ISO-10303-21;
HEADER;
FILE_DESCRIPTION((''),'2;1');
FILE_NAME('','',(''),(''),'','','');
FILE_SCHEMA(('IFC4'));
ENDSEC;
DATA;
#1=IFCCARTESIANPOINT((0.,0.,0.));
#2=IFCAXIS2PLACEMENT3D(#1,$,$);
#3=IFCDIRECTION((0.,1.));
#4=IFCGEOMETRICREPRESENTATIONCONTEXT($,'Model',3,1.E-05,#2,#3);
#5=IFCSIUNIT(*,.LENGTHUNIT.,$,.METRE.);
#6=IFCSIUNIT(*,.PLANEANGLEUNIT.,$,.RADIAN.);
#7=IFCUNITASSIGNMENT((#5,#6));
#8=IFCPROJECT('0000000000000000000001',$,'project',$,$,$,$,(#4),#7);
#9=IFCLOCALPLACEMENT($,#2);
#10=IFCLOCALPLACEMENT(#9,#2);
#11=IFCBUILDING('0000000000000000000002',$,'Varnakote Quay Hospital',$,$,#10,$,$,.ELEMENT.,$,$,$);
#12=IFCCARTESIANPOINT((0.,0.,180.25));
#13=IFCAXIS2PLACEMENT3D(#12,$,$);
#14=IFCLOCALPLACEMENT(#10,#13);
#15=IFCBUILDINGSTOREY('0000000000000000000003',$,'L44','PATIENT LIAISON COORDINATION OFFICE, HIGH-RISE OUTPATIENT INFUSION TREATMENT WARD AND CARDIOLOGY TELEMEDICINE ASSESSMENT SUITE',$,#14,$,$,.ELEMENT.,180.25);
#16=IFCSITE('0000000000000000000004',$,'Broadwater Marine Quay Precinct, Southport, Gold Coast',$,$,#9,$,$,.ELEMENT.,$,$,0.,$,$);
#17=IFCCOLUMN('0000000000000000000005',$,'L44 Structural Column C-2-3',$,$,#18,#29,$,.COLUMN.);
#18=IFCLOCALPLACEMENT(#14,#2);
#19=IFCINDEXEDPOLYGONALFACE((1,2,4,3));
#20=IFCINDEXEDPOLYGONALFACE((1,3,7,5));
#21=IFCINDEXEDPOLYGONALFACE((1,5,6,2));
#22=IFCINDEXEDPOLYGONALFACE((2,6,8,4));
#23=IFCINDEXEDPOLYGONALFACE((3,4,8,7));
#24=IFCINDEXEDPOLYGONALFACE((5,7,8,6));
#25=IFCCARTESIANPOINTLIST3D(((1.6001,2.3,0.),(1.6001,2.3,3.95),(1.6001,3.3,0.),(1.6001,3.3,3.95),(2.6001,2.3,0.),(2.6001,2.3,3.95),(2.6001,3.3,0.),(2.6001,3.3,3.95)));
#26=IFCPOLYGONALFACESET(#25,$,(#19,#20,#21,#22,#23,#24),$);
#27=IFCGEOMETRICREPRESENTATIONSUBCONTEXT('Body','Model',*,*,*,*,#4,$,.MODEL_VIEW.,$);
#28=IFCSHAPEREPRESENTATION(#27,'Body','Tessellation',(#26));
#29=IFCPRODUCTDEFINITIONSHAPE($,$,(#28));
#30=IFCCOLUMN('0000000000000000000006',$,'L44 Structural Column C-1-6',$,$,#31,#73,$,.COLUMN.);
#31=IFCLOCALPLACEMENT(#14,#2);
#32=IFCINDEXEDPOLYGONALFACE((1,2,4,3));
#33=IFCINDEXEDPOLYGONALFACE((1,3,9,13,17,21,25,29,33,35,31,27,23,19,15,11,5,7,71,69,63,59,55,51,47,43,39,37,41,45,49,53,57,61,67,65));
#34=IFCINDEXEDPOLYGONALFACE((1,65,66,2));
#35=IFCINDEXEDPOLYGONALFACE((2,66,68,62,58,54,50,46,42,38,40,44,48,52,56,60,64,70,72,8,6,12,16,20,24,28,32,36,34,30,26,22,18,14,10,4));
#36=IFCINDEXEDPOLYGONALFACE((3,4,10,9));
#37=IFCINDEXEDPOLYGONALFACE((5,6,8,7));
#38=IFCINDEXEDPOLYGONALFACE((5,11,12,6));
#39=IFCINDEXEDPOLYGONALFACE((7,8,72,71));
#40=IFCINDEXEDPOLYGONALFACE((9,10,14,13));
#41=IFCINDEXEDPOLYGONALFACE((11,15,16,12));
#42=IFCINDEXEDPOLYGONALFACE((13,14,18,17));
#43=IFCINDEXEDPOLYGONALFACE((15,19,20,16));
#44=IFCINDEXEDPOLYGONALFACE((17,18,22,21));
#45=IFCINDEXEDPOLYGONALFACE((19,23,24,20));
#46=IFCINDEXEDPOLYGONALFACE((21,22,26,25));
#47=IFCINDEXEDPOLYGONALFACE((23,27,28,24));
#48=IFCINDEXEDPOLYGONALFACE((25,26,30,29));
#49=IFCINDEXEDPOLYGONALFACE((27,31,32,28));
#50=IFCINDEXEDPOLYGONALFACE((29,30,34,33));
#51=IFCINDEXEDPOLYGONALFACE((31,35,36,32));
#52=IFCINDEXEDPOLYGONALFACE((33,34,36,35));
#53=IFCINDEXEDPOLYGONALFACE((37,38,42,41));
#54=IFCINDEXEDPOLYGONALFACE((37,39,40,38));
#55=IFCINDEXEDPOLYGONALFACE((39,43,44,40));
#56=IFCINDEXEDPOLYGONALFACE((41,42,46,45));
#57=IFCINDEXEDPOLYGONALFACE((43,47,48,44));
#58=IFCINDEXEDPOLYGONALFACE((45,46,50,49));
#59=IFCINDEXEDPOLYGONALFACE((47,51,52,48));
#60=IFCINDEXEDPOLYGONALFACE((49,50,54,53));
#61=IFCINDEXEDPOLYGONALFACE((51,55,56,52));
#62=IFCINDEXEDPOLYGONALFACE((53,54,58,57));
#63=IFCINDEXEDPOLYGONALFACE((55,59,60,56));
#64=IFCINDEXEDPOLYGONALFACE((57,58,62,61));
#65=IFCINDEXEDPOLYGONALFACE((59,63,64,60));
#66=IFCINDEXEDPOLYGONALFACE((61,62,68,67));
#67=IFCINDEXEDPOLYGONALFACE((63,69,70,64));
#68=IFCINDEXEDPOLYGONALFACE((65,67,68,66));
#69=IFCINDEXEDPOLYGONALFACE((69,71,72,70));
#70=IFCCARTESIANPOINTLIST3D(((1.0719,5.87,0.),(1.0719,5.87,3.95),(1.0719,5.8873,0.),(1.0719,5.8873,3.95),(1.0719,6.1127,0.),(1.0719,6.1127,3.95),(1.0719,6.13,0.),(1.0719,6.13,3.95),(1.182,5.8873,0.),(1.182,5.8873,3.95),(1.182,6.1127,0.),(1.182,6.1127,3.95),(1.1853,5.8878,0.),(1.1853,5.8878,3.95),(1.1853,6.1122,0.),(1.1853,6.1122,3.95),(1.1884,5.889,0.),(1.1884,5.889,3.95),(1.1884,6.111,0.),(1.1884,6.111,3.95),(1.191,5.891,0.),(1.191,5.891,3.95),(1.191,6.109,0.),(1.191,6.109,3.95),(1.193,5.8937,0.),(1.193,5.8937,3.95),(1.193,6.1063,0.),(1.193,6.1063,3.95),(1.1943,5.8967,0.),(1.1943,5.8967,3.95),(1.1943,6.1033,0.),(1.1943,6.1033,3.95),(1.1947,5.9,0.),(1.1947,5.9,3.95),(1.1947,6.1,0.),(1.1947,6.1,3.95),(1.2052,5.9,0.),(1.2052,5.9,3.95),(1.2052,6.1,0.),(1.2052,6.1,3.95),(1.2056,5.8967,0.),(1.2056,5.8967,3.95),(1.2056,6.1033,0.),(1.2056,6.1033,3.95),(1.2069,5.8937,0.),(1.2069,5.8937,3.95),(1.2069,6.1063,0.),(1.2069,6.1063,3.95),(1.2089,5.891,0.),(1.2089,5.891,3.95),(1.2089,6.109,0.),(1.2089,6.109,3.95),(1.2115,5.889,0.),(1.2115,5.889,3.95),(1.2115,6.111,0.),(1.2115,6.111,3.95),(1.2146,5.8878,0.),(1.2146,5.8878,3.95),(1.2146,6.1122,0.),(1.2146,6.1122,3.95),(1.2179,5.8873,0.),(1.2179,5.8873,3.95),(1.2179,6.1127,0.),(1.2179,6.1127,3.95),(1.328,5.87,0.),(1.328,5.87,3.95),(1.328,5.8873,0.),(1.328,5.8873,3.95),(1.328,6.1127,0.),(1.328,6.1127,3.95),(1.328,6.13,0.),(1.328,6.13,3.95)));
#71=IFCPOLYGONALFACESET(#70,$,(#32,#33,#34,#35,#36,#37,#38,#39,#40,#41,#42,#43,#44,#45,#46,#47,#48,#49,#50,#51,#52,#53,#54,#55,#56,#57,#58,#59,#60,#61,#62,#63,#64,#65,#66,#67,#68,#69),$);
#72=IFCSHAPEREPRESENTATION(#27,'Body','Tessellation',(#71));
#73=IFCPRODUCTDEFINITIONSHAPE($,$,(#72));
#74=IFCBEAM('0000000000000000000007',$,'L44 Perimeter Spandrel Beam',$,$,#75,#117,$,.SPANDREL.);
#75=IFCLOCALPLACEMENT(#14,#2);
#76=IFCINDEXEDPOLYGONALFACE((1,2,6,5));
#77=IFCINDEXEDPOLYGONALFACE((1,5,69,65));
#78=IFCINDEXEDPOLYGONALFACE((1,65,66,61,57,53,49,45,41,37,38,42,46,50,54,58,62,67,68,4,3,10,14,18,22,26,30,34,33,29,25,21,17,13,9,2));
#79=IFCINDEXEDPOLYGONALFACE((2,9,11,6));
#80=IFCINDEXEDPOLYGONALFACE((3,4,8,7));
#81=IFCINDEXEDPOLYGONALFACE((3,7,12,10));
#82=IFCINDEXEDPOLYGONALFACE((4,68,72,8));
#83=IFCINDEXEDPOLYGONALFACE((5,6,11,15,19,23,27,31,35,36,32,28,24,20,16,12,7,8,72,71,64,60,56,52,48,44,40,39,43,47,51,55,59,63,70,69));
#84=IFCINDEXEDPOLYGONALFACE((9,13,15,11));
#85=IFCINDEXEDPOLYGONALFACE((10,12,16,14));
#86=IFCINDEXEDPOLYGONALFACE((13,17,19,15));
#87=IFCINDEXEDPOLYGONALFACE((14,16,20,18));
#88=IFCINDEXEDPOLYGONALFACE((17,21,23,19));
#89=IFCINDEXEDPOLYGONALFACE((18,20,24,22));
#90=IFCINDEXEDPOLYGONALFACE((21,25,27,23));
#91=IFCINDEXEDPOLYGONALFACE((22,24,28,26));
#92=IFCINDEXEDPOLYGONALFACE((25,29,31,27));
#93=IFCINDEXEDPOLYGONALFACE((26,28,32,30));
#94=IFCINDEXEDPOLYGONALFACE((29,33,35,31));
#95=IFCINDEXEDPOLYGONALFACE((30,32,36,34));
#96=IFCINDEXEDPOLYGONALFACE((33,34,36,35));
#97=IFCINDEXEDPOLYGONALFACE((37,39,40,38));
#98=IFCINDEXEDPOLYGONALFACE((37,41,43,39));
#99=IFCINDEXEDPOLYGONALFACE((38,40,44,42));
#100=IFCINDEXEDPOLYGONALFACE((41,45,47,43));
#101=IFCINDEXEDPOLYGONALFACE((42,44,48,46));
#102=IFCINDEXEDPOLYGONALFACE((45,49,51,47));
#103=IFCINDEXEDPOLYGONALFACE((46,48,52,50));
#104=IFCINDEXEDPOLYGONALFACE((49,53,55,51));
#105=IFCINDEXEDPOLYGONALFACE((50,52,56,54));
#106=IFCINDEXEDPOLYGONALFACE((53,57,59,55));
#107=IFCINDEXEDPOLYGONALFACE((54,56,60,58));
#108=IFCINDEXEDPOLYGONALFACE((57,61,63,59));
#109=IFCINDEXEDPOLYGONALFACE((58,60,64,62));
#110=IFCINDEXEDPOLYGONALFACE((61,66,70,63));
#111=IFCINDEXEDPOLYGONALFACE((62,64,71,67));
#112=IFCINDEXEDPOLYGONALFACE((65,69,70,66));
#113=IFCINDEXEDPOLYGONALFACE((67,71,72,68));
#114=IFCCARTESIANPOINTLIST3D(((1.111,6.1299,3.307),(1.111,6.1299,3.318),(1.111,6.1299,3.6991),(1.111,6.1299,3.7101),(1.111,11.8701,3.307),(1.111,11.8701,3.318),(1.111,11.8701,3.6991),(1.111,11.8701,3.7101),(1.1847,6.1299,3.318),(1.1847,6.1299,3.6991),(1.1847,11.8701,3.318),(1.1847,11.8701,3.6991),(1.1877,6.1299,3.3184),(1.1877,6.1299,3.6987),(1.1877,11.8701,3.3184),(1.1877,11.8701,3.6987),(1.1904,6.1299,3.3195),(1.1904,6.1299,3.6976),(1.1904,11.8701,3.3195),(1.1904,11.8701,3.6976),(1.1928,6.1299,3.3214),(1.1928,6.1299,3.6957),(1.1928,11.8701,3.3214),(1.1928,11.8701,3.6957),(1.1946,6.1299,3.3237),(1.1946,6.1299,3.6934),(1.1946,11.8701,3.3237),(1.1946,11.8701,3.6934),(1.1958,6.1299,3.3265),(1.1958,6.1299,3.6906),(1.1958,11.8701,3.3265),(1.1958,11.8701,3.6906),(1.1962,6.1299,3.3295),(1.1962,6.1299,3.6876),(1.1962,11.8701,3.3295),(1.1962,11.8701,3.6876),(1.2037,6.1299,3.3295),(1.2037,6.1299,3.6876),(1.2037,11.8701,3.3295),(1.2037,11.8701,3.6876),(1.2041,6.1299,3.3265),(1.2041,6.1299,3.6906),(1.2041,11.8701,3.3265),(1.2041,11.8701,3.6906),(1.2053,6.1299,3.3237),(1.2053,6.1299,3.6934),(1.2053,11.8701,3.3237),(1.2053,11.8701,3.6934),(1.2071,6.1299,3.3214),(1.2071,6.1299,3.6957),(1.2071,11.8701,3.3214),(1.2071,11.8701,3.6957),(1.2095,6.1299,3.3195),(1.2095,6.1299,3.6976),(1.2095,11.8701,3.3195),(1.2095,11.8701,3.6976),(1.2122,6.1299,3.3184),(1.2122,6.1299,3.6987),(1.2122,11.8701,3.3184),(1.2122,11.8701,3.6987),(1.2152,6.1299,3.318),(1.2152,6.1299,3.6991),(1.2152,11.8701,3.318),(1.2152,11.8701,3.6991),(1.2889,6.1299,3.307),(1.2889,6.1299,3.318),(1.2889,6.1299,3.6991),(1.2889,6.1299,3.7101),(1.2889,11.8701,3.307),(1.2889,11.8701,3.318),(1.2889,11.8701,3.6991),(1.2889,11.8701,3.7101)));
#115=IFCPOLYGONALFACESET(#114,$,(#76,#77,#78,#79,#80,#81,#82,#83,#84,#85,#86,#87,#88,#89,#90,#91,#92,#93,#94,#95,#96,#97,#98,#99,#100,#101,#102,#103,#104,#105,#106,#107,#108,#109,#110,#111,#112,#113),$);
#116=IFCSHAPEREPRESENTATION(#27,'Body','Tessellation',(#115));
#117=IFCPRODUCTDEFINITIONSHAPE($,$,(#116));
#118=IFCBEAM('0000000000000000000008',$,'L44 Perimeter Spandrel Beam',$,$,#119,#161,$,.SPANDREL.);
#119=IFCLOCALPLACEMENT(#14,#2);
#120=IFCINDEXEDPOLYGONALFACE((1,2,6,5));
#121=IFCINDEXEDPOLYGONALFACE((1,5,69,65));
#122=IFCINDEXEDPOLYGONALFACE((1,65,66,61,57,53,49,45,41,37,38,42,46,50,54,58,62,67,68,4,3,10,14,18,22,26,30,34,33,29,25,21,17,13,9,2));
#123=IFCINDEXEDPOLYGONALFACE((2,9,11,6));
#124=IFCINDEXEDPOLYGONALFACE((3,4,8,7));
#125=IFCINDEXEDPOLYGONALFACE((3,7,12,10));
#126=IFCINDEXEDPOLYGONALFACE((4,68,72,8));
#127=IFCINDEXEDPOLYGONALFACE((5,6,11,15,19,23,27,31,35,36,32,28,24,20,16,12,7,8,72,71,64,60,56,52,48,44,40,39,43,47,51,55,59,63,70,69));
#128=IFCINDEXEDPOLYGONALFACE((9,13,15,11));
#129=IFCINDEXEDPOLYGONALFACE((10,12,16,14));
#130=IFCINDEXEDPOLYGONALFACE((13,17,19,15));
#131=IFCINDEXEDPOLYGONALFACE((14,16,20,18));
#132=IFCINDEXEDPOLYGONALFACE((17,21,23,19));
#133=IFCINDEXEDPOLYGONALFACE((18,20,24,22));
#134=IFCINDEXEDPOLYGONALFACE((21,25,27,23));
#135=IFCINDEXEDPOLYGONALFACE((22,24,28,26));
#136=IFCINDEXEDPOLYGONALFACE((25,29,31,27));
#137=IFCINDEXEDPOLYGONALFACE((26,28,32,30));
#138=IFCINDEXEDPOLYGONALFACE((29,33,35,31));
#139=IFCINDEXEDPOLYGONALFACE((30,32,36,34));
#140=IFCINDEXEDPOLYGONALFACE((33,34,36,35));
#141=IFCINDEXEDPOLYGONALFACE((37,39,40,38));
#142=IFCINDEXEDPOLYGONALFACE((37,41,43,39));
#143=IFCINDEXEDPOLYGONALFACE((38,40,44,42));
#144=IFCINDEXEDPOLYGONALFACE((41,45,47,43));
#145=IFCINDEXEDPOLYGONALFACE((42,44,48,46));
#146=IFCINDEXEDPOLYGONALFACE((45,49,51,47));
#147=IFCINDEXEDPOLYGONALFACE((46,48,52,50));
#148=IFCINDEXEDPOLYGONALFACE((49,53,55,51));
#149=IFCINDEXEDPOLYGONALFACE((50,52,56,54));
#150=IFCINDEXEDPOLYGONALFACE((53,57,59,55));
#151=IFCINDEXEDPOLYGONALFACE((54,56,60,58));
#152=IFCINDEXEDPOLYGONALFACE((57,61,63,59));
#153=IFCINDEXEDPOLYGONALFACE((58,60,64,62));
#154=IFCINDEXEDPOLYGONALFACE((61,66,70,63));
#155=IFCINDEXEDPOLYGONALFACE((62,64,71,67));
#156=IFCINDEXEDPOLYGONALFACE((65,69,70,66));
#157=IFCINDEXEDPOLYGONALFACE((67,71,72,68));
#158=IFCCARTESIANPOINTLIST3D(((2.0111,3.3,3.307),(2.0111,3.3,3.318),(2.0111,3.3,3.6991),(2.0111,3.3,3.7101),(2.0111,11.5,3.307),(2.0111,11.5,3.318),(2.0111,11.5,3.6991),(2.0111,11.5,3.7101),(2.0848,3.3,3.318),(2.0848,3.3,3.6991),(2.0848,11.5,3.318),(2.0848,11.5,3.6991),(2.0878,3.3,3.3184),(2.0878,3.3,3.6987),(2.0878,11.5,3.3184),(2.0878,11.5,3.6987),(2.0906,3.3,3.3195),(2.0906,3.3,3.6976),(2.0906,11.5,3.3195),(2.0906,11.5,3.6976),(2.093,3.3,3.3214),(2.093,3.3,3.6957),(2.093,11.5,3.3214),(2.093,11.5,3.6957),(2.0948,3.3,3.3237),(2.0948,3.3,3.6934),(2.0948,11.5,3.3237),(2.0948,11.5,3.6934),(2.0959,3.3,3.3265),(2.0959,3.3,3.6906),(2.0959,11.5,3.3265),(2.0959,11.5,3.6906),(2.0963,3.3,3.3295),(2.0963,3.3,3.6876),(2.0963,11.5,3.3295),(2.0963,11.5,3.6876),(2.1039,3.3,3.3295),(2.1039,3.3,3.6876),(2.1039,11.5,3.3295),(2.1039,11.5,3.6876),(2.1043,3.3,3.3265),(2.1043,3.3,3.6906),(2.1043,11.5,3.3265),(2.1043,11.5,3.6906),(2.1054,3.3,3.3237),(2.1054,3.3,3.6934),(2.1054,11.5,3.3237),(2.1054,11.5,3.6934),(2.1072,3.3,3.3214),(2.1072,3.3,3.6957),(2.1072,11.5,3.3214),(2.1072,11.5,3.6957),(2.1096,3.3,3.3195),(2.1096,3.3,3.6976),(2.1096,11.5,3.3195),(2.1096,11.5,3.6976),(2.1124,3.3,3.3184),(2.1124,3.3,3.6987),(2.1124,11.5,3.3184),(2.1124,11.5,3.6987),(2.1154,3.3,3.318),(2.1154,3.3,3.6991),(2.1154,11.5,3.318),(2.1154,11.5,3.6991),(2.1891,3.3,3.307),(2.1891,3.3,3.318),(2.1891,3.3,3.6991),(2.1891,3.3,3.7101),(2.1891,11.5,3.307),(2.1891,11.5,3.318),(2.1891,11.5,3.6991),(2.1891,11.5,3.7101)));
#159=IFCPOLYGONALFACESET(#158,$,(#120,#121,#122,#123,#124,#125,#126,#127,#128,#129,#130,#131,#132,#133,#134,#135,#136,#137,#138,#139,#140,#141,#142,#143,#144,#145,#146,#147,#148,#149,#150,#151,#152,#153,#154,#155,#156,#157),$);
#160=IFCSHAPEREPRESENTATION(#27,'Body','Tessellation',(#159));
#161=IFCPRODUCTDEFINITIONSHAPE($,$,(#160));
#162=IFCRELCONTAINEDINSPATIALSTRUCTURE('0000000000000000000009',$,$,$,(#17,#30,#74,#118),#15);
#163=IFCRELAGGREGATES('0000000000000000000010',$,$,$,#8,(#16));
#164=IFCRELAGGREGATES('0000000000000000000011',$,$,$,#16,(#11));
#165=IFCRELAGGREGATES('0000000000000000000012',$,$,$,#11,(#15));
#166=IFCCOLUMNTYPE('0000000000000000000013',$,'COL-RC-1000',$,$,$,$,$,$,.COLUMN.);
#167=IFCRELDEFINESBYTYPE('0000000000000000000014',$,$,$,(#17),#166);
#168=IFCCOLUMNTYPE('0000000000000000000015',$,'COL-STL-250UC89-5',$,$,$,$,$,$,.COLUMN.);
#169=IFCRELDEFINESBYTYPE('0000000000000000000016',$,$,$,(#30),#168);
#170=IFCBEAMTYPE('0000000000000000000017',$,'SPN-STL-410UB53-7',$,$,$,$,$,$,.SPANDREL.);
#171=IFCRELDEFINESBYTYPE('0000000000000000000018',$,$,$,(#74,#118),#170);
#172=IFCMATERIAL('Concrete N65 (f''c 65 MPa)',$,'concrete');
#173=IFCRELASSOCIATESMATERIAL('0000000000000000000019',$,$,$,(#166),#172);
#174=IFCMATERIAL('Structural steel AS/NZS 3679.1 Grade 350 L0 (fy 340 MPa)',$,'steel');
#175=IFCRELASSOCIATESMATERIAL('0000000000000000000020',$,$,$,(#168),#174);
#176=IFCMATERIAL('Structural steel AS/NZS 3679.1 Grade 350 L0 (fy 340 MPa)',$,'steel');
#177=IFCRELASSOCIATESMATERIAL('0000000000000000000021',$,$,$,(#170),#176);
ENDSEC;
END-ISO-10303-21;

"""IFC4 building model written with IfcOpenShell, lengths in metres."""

from ifc_helpers import new_model, si_unit, direction, frame, origin, origin_2d, place, context, subcontext, project, spatial, rectangle, i_section, extrude, material, material_profile, profile_set, type_object, element, save


model = new_model("IFC4")

# Units and contexts
model_context = context("Model", 3, precision=1e-05, world=origin(), true_north=direction((0.0, 1.0)))
body_context = subcontext(model_context, "Body", "Model", "MODEL_VIEW")
ifc_project = project(units=[si_unit("LENGTHUNIT", "METRE"), si_unit("PLANEANGLEUNIT", "RADIAN")], contexts=[model_context])

# Site, building, storey
site_placement = place(None, origin())
site = spatial("IfcSite", under=ifc_project, at=site_placement, Name="Broadwater Marine Quay Precinct, Southport, Gold Coast", CompositionType="ELEMENT", RefElevation=0.0)
building_placement = place(site_placement, origin())
building = spatial("IfcBuilding", under=site, at=building_placement, Name="Varnakote Quay Hospital", CompositionType="ELEMENT")
storey_placement = place(building_placement, frame((0.0, 0.0, 180.25)))
storey = spatial("IfcBuildingStorey", under=building, at=storey_placement, Name="L44", Description="PATIENT LIAISON COORDINATION OFFICE, HIGH-RISE OUTPATIENT INFUSION TREATMENT WARD AND CARDIOLOGY TELEMEDICINE ASSESSMENT SUITE", CompositionType="ELEMENT", Elevation=180.25)

# Columns
ifc_material_1 = material(Name="Concrete N65 (f'c 65 MPa)", Category="concrete")
ifc_material_profile_1 = material_profile(ifc_material_1, rectangle(XDim=1.0, YDim=1.0, at=origin_2d()), Name="RC-COL-1000x1000")
ifc_profile_set_1 = profile_set([ifc_material_profile_1], Name="Concrete N65 (f'c 65 MPa)")
column_type_1 = type_object("IfcColumnType", Name="COL-RC-1000", PredefinedType="COLUMN", material=ifc_profile_set_1)
column_1_placement = place(storey_placement, frame((2.1001, 2.8, 0.0), z_axis=(0.0, 0.0, 1.0), x_axis=(1.0, 0.0, 0.0)))
element("IfcColumn", 1, at=column_1_placement, inside=storey, type_object=column_type_1, Name="L44 Structural Column C-2-3", PredefinedType="COLUMN", context=body_context, shape_type="SweptSolid", body=[
    extrude(rectangle(XDim=1.0, YDim=1.0, at=origin_2d()), origin(), (0.0, 0.0, 1.0), 3.95),
])
ifc_material_2 = material(Name="Structural steel AS/NZS 3679.1 Grade 350 L0 (fy 340 MPa)", Category="steel")
ifc_material_profile_2 = material_profile(ifc_material_2, i_section(OverallWidth=0.2561, OverallDepth=0.26, WebThickness=0.0105, FlangeThickness=0.0173, FilletRadius=0.0127, at=origin_2d()), Name="250UC89.5")
ifc_profile_set_2 = profile_set([ifc_material_profile_2], Name="Structural steel AS/NZS 3679.1 Grade 350 L0 (fy 340 MPa)")
column_type_2 = type_object("IfcColumnType", Name="COL-STL-250UC89-5", PredefinedType="COLUMN", material=ifc_profile_set_2)
column_2_placement = place(storey_placement, frame((1.2, 6.0, 0.0), z_axis=(0.0, 0.0, 1.0), x_axis=(1.0, 0.0, 0.0)))
element("IfcColumn", 2, at=column_2_placement, inside=storey, type_object=column_type_2, Name="L44 Structural Column C-1-6", PredefinedType="COLUMN", context=body_context, shape_type="SweptSolid", body=[
    extrude(i_section(OverallWidth=0.2561, OverallDepth=0.26, WebThickness=0.0105, FlangeThickness=0.0173, FilletRadius=0.0127, at=origin_2d()), origin(), (0.0, 0.0, 1.0), 3.95),
])

# Beams
ifc_material_3 = material(Name="Structural steel AS/NZS 3679.1 Grade 350 L0 (fy 340 MPa)", Category="steel")
ifc_material_profile_3 = material_profile(ifc_material_3, i_section(OverallWidth=0.178, OverallDepth=0.4031, WebThickness=0.0076, FlangeThickness=0.011, FilletRadius=0.0115, at=origin_2d()), Name="410UB53.7")
ifc_profile_set_3 = profile_set([ifc_material_profile_3], Name="Structural steel AS/NZS 3679.1 Grade 350 L0 (fy 340 MPa)")
beam_type_1 = type_object("IfcBeamType", Name="SPN-STL-410UB53-7", PredefinedType="SPANDREL", material=ifc_profile_set_3)
beam_1_placement = place(storey_placement, frame((1.2, 6.1299, 3.5085), z_axis=(0.0, 1.0, 0.0), x_axis=(-1.0, 0.0, 0.0)))
element("IfcBeam", 3, at=beam_1_placement, inside=storey, type_object=beam_type_1, Name="L44 Perimeter Spandrel Beam", PredefinedType="SPANDREL", context=body_context, shape_type="SweptSolid", body=[
    extrude(i_section(OverallWidth=0.178, OverallDepth=0.4031, WebThickness=0.0076, FlangeThickness=0.011, FilletRadius=0.0115, at=origin_2d()), origin(), (0.0, 0.0, 1.0), 5.7402),
])
beam_2_placement = place(storey_placement, frame((2.1001, 3.3, 3.5085), z_axis=(0.0, 1.0, 0.0), x_axis=(-1.0, 0.0, 0.0)))
element("IfcBeam", 4, at=beam_2_placement, inside=storey, type_object=beam_type_1, Name="L44 Perimeter Spandrel Beam", PredefinedType="SPANDREL", context=body_context, shape_type="SweptSolid", body=[
    extrude(i_section(OverallWidth=0.178, OverallDepth=0.4031, WebThickness=0.0076, FlangeThickness=0.011, FilletRadius=0.0115, at=origin_2d()), origin(), (0.0, 0.0, 1.0), 8.2),
])

save(model, "model.ifc")
